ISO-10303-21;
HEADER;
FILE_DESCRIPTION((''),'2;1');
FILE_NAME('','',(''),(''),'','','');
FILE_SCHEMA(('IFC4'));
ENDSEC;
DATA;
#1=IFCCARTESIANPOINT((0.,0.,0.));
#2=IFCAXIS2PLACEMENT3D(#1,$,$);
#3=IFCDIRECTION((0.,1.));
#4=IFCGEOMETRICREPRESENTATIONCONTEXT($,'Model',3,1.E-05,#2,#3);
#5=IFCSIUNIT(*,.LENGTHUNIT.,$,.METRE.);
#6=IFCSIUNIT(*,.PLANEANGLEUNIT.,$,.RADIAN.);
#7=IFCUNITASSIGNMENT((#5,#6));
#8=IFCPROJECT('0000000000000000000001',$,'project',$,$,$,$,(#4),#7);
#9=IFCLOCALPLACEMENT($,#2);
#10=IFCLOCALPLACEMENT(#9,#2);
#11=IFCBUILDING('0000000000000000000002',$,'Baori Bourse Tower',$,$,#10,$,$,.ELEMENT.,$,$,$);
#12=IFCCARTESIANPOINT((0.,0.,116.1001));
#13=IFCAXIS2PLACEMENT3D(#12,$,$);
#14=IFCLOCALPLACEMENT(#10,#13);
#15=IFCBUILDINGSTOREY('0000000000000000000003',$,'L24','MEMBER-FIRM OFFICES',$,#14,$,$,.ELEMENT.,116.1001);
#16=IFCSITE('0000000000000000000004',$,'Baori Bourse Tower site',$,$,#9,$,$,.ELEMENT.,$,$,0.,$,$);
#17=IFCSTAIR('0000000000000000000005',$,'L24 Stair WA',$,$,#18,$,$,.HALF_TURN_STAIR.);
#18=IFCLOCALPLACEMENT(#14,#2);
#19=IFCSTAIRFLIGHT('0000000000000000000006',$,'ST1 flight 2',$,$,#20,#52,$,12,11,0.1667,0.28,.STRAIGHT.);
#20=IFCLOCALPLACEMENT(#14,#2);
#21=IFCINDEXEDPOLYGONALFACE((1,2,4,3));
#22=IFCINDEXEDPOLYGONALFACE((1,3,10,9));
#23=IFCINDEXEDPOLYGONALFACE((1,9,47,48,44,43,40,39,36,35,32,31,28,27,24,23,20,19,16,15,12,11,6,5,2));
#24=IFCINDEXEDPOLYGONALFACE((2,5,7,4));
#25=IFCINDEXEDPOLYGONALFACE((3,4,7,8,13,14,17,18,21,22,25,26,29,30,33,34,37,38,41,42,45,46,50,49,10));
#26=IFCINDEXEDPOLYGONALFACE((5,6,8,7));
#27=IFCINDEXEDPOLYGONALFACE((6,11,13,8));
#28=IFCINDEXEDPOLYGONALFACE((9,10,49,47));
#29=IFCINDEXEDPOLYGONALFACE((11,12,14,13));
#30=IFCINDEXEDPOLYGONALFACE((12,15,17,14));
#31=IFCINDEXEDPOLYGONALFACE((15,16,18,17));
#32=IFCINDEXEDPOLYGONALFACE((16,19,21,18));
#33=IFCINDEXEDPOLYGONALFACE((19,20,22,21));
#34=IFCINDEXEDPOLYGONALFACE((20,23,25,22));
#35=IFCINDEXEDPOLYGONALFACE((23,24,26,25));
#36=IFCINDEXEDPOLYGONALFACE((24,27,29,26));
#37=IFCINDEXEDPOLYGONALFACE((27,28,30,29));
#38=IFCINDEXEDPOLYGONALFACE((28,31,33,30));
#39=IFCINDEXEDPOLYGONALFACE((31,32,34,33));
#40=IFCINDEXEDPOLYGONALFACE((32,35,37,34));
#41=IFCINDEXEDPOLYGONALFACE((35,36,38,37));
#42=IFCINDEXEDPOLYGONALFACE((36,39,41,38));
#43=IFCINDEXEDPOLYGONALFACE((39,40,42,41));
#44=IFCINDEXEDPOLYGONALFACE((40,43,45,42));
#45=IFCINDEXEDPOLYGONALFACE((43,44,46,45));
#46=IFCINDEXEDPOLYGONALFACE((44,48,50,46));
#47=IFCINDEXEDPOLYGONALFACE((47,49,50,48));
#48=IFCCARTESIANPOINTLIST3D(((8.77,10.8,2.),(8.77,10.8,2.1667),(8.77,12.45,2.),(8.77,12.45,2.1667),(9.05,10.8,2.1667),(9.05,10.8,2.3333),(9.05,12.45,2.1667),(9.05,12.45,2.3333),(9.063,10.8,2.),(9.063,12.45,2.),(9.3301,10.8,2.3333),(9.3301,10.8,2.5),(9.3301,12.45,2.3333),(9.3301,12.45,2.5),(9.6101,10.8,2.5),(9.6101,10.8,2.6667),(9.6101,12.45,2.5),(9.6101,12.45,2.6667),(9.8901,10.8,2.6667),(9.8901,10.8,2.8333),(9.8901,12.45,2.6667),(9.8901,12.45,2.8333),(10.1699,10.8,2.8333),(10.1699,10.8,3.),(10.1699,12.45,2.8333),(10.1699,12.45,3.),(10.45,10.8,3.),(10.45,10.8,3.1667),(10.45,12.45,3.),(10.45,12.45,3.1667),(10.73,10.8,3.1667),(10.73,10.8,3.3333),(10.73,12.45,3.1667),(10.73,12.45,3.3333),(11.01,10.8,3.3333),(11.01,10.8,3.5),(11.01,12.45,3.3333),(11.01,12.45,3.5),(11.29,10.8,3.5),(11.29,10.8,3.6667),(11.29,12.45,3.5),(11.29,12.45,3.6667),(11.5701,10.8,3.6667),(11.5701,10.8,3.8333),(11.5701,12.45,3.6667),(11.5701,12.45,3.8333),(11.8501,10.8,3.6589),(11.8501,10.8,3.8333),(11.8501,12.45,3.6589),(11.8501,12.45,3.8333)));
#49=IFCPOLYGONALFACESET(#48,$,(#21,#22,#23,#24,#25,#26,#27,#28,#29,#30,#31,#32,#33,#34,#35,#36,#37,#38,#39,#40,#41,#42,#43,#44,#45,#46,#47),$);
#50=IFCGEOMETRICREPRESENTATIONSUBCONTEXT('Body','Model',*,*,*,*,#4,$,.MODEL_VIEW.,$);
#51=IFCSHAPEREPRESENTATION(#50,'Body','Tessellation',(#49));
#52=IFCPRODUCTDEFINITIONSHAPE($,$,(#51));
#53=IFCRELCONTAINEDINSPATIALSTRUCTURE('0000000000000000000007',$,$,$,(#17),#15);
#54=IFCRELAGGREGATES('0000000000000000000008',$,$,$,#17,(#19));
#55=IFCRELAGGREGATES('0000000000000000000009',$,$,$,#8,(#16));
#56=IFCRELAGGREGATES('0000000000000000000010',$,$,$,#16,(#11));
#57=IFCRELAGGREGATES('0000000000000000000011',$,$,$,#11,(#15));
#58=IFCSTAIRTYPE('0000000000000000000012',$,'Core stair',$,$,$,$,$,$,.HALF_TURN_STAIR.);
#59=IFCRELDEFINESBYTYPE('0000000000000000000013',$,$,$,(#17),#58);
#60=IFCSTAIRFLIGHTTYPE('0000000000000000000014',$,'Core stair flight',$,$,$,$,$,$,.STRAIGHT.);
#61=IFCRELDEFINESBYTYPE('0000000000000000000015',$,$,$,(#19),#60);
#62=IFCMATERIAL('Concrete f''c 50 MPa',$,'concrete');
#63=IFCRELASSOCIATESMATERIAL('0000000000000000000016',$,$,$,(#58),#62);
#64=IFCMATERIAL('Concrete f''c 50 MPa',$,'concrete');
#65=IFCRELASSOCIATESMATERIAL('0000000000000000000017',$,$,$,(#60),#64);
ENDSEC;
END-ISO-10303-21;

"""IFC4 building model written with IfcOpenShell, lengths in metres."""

from ifc_helpers import new_model, si_unit, direction, frame, origin, place, context, subcontext, project, spatial, polyline, outline, extrude, material, type_object, element, aggregate, save


model = new_model("IFC4")

# Units and contexts
model_context = context("Model", 3, precision=1e-05, world=origin(), true_north=direction((0.0, 1.0)))
body_context = subcontext(model_context, "Body", "Model", "MODEL_VIEW")
ifc_project = project(units=[si_unit("LENGTHUNIT", "METRE"), si_unit("PLANEANGLEUNIT", "RADIAN")], contexts=[model_context])

# Site, building, storey
site_placement = place(None, origin())
site = spatial("IfcSite", under=ifc_project, at=site_placement, Name="Baori Bourse Tower site", CompositionType="ELEMENT", RefElevation=0.0)
building_placement = place(site_placement, origin())
building = spatial("IfcBuilding", under=site, at=building_placement, Name="Baori Bourse Tower", CompositionType="ELEMENT")
storey_placement = place(building_placement, frame((0.0, 0.0, 116.1001)))
storey = spatial("IfcBuildingStorey", under=building, at=storey_placement, Name="L24", Description="MEMBER-FIRM OFFICES", CompositionType="ELEMENT", Elevation=116.1001)

# Stair, stair flight
ifc_material_1 = material(Name="Concrete f'c 50 MPa", Category="concrete")
stair_type = type_object("IfcStairType", Name="Core stair", PredefinedType="HALF_TURN_STAIR", material=ifc_material_1)
stair_placement = place(storey_placement, origin())
stair = element("IfcStair", 1, at=stair_placement, inside=storey, type_object=stair_type, Name="L24 Stair WA", PredefinedType="HALF_TURN_STAIR")
ifc_material_2 = material(Name="Concrete f'c 50 MPa", Category="concrete")
stair_flight_type = type_object("IfcStairFlightType", Name="Core stair flight", PredefinedType="STRAIGHT", material=ifc_material_2)
stair_flight_1_placement = place(storey_placement, frame((8.77, 11.625, 2.0), z_axis=(0.0, 0.0, 1.0), x_axis=(1.0, 0.0, 0.0)))
stair_flight_1 = element("IfcStairFlight", 2, at=stair_flight_1_placement, type_object=stair_flight_type, Name="ST1 flight 2", NumberOfRisers=12, NumberOfTreads=11, PredefinedType="STRAIGHT", RiserHeight=0.1667, TreadLength=0.28, context=body_context, shape_type="SweptSolid", body=[
    extrude(outline(polyline([(0.0, 0.0), (0.0, 0.1667), (0.28, 0.1667), (0.28, 0.3333), (0.5601, 0.3333), (0.5601, 0.5), (0.8401, 0.5), (0.8401, 0.6667), (1.1201, 0.6667), (1.1201, 0.8333), (1.3999, 0.8333), (1.3999, 1.0), (1.6799, 1.0), (1.6799, 1.1667), (1.96, 1.1667), (1.96, 1.3333), (2.24, 1.3333), (2.24, 1.5), (2.52, 1.5), (2.52, 1.6667), (2.8, 1.6667), (2.8, 1.8333), (3.0801, 1.8333), (3.0801, 2.0), (3.0801, 1.6589), (0.293, 0.0), (0.0, 0.0)])), frame((0.0, 0.825, 0.0), z_axis=(0.0, -1.0, 0.0), x_axis=(1.0, 0.0, 0.0)), (0.0, 0.0, 1.0), 1.6499),
])
aggregate(stair, [stair_flight_1])

save(model, "model.ifc")
